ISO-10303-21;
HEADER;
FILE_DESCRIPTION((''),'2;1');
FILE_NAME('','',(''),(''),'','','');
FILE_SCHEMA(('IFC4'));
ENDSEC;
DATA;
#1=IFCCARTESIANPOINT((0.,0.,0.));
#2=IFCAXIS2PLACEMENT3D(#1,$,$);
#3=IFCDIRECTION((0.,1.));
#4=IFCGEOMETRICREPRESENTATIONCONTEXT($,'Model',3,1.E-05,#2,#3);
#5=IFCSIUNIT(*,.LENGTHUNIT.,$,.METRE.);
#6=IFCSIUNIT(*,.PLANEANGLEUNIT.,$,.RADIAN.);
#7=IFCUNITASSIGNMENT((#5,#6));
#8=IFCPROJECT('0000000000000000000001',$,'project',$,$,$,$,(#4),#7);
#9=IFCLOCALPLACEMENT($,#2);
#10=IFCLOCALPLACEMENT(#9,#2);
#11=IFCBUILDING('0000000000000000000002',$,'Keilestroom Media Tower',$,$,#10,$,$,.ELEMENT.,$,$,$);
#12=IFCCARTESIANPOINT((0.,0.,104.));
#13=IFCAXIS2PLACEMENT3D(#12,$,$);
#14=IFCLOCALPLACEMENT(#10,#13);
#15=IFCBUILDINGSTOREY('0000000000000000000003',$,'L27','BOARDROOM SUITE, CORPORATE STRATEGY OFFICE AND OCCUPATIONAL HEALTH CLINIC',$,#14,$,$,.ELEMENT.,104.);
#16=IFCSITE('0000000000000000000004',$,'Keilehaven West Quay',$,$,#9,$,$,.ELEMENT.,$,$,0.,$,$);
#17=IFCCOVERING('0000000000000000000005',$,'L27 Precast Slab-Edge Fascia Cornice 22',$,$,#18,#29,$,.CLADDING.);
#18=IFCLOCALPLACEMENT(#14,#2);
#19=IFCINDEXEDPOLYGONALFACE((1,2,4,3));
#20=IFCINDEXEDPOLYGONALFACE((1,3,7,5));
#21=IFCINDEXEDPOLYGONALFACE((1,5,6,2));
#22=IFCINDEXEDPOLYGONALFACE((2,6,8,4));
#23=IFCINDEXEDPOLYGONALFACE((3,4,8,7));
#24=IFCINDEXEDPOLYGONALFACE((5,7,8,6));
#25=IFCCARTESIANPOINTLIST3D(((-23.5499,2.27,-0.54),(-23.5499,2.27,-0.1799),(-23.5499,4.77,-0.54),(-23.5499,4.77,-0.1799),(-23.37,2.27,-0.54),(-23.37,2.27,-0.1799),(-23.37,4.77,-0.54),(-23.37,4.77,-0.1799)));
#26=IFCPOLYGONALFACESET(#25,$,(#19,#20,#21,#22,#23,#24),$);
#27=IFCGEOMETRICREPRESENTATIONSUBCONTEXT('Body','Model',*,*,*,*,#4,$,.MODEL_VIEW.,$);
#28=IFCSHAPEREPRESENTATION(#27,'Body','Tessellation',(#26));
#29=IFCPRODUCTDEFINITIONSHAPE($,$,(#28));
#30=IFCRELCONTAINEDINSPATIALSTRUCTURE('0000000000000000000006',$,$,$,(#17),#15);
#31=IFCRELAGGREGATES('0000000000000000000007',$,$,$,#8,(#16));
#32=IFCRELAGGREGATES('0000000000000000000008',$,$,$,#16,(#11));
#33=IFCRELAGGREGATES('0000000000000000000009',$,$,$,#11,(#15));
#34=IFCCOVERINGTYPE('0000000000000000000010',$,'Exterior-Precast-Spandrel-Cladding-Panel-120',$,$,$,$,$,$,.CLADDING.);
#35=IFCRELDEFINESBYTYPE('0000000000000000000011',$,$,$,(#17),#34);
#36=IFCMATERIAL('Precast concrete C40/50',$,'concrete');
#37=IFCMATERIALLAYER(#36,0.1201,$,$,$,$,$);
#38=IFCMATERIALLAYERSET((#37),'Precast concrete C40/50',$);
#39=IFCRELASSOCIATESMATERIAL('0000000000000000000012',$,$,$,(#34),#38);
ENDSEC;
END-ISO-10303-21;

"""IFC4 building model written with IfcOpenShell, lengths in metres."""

from ifc_helpers import new_model, si_unit, direction, frame, origin, origin_2d, place, context, subcontext, project, spatial, rectangle, extrude, source, transform, mapped, material, layer, layer_set, type_object, element, save


model = new_model("IFC4")

# Units and contexts
model_context = context("Model", 3, precision=1e-05, world=origin(), true_north=direction((0.0, 1.0)))
body_context = subcontext(model_context, "Body", "Model", "MODEL_VIEW")
ifc_project = project(units=[si_unit("LENGTHUNIT", "METRE"), si_unit("PLANEANGLEUNIT", "RADIAN")], contexts=[model_context])

# Site, building, storey
site_placement = place(None, origin())
site = spatial("IfcSite", under=ifc_project, at=site_placement, Name="Keilehaven West Quay", CompositionType="ELEMENT", RefElevation=0.0)
building_placement = place(site_placement, origin())
building = spatial("IfcBuilding", under=site, at=building_placement, Name="Keilestroom Media Tower", CompositionType="ELEMENT")
storey_placement = place(building_placement, frame((0.0, 0.0, 104.0)))
storey = spatial("IfcBuildingStorey", under=building, at=storey_placement, Name="L27", Description="BOARDROOM SUITE, CORPORATE STRATEGY OFFICE AND OCCUPATIONAL HEALTH CLINIC", CompositionType="ELEMENT", Elevation=104.0)

# Shared definitions
ifc_material_1 = material(Name="Precast concrete C40/50", Category="concrete")

# Covering
ifc_layer_1 = layer(ifc_material_1, 0.1201)
ifc_layer_set_1 = layer_set([ifc_layer_1], Name="Precast concrete C40/50")
covering_type = type_object("IfcCoveringType", Name="Exterior-Precast-Spandrel-Cladding-Panel-120", PredefinedType="CLADDING", material=ifc_layer_set_1)
shared_shape_1 = source(origin(), body_context, "Body", "SweptSolid", [
    extrude(rectangle(XDim=2.5, YDim=0.1799, at=origin_2d()), origin(), (0.0, 0.0, 1.0), 0.3601),
])
covering_placement = place(storey_placement, frame((-23.46, 3.52, -0.54), z_axis=(0.0, 0.0, 1.0), x_axis=(0.0, 1.0, 0.0)))
element("IfcCovering", 1, at=covering_placement, inside=storey, type_object=covering_type, Name="L27 Precast Slab-Edge Fascia Cornice 22", PredefinedType="CLADDING", context=body_context, shape_type="MappedRepresentation", body=[
    mapped(shared_shape_1, transform((0.0, 0.0, 0.0), x_axis=(1.0, 0.0, 0.0), y_axis=(0.0, 1.0, 0.0), z_axis=(0.0, 0.0, 1.0), scale=1.0)),
])

save(model, "model.ifc")
